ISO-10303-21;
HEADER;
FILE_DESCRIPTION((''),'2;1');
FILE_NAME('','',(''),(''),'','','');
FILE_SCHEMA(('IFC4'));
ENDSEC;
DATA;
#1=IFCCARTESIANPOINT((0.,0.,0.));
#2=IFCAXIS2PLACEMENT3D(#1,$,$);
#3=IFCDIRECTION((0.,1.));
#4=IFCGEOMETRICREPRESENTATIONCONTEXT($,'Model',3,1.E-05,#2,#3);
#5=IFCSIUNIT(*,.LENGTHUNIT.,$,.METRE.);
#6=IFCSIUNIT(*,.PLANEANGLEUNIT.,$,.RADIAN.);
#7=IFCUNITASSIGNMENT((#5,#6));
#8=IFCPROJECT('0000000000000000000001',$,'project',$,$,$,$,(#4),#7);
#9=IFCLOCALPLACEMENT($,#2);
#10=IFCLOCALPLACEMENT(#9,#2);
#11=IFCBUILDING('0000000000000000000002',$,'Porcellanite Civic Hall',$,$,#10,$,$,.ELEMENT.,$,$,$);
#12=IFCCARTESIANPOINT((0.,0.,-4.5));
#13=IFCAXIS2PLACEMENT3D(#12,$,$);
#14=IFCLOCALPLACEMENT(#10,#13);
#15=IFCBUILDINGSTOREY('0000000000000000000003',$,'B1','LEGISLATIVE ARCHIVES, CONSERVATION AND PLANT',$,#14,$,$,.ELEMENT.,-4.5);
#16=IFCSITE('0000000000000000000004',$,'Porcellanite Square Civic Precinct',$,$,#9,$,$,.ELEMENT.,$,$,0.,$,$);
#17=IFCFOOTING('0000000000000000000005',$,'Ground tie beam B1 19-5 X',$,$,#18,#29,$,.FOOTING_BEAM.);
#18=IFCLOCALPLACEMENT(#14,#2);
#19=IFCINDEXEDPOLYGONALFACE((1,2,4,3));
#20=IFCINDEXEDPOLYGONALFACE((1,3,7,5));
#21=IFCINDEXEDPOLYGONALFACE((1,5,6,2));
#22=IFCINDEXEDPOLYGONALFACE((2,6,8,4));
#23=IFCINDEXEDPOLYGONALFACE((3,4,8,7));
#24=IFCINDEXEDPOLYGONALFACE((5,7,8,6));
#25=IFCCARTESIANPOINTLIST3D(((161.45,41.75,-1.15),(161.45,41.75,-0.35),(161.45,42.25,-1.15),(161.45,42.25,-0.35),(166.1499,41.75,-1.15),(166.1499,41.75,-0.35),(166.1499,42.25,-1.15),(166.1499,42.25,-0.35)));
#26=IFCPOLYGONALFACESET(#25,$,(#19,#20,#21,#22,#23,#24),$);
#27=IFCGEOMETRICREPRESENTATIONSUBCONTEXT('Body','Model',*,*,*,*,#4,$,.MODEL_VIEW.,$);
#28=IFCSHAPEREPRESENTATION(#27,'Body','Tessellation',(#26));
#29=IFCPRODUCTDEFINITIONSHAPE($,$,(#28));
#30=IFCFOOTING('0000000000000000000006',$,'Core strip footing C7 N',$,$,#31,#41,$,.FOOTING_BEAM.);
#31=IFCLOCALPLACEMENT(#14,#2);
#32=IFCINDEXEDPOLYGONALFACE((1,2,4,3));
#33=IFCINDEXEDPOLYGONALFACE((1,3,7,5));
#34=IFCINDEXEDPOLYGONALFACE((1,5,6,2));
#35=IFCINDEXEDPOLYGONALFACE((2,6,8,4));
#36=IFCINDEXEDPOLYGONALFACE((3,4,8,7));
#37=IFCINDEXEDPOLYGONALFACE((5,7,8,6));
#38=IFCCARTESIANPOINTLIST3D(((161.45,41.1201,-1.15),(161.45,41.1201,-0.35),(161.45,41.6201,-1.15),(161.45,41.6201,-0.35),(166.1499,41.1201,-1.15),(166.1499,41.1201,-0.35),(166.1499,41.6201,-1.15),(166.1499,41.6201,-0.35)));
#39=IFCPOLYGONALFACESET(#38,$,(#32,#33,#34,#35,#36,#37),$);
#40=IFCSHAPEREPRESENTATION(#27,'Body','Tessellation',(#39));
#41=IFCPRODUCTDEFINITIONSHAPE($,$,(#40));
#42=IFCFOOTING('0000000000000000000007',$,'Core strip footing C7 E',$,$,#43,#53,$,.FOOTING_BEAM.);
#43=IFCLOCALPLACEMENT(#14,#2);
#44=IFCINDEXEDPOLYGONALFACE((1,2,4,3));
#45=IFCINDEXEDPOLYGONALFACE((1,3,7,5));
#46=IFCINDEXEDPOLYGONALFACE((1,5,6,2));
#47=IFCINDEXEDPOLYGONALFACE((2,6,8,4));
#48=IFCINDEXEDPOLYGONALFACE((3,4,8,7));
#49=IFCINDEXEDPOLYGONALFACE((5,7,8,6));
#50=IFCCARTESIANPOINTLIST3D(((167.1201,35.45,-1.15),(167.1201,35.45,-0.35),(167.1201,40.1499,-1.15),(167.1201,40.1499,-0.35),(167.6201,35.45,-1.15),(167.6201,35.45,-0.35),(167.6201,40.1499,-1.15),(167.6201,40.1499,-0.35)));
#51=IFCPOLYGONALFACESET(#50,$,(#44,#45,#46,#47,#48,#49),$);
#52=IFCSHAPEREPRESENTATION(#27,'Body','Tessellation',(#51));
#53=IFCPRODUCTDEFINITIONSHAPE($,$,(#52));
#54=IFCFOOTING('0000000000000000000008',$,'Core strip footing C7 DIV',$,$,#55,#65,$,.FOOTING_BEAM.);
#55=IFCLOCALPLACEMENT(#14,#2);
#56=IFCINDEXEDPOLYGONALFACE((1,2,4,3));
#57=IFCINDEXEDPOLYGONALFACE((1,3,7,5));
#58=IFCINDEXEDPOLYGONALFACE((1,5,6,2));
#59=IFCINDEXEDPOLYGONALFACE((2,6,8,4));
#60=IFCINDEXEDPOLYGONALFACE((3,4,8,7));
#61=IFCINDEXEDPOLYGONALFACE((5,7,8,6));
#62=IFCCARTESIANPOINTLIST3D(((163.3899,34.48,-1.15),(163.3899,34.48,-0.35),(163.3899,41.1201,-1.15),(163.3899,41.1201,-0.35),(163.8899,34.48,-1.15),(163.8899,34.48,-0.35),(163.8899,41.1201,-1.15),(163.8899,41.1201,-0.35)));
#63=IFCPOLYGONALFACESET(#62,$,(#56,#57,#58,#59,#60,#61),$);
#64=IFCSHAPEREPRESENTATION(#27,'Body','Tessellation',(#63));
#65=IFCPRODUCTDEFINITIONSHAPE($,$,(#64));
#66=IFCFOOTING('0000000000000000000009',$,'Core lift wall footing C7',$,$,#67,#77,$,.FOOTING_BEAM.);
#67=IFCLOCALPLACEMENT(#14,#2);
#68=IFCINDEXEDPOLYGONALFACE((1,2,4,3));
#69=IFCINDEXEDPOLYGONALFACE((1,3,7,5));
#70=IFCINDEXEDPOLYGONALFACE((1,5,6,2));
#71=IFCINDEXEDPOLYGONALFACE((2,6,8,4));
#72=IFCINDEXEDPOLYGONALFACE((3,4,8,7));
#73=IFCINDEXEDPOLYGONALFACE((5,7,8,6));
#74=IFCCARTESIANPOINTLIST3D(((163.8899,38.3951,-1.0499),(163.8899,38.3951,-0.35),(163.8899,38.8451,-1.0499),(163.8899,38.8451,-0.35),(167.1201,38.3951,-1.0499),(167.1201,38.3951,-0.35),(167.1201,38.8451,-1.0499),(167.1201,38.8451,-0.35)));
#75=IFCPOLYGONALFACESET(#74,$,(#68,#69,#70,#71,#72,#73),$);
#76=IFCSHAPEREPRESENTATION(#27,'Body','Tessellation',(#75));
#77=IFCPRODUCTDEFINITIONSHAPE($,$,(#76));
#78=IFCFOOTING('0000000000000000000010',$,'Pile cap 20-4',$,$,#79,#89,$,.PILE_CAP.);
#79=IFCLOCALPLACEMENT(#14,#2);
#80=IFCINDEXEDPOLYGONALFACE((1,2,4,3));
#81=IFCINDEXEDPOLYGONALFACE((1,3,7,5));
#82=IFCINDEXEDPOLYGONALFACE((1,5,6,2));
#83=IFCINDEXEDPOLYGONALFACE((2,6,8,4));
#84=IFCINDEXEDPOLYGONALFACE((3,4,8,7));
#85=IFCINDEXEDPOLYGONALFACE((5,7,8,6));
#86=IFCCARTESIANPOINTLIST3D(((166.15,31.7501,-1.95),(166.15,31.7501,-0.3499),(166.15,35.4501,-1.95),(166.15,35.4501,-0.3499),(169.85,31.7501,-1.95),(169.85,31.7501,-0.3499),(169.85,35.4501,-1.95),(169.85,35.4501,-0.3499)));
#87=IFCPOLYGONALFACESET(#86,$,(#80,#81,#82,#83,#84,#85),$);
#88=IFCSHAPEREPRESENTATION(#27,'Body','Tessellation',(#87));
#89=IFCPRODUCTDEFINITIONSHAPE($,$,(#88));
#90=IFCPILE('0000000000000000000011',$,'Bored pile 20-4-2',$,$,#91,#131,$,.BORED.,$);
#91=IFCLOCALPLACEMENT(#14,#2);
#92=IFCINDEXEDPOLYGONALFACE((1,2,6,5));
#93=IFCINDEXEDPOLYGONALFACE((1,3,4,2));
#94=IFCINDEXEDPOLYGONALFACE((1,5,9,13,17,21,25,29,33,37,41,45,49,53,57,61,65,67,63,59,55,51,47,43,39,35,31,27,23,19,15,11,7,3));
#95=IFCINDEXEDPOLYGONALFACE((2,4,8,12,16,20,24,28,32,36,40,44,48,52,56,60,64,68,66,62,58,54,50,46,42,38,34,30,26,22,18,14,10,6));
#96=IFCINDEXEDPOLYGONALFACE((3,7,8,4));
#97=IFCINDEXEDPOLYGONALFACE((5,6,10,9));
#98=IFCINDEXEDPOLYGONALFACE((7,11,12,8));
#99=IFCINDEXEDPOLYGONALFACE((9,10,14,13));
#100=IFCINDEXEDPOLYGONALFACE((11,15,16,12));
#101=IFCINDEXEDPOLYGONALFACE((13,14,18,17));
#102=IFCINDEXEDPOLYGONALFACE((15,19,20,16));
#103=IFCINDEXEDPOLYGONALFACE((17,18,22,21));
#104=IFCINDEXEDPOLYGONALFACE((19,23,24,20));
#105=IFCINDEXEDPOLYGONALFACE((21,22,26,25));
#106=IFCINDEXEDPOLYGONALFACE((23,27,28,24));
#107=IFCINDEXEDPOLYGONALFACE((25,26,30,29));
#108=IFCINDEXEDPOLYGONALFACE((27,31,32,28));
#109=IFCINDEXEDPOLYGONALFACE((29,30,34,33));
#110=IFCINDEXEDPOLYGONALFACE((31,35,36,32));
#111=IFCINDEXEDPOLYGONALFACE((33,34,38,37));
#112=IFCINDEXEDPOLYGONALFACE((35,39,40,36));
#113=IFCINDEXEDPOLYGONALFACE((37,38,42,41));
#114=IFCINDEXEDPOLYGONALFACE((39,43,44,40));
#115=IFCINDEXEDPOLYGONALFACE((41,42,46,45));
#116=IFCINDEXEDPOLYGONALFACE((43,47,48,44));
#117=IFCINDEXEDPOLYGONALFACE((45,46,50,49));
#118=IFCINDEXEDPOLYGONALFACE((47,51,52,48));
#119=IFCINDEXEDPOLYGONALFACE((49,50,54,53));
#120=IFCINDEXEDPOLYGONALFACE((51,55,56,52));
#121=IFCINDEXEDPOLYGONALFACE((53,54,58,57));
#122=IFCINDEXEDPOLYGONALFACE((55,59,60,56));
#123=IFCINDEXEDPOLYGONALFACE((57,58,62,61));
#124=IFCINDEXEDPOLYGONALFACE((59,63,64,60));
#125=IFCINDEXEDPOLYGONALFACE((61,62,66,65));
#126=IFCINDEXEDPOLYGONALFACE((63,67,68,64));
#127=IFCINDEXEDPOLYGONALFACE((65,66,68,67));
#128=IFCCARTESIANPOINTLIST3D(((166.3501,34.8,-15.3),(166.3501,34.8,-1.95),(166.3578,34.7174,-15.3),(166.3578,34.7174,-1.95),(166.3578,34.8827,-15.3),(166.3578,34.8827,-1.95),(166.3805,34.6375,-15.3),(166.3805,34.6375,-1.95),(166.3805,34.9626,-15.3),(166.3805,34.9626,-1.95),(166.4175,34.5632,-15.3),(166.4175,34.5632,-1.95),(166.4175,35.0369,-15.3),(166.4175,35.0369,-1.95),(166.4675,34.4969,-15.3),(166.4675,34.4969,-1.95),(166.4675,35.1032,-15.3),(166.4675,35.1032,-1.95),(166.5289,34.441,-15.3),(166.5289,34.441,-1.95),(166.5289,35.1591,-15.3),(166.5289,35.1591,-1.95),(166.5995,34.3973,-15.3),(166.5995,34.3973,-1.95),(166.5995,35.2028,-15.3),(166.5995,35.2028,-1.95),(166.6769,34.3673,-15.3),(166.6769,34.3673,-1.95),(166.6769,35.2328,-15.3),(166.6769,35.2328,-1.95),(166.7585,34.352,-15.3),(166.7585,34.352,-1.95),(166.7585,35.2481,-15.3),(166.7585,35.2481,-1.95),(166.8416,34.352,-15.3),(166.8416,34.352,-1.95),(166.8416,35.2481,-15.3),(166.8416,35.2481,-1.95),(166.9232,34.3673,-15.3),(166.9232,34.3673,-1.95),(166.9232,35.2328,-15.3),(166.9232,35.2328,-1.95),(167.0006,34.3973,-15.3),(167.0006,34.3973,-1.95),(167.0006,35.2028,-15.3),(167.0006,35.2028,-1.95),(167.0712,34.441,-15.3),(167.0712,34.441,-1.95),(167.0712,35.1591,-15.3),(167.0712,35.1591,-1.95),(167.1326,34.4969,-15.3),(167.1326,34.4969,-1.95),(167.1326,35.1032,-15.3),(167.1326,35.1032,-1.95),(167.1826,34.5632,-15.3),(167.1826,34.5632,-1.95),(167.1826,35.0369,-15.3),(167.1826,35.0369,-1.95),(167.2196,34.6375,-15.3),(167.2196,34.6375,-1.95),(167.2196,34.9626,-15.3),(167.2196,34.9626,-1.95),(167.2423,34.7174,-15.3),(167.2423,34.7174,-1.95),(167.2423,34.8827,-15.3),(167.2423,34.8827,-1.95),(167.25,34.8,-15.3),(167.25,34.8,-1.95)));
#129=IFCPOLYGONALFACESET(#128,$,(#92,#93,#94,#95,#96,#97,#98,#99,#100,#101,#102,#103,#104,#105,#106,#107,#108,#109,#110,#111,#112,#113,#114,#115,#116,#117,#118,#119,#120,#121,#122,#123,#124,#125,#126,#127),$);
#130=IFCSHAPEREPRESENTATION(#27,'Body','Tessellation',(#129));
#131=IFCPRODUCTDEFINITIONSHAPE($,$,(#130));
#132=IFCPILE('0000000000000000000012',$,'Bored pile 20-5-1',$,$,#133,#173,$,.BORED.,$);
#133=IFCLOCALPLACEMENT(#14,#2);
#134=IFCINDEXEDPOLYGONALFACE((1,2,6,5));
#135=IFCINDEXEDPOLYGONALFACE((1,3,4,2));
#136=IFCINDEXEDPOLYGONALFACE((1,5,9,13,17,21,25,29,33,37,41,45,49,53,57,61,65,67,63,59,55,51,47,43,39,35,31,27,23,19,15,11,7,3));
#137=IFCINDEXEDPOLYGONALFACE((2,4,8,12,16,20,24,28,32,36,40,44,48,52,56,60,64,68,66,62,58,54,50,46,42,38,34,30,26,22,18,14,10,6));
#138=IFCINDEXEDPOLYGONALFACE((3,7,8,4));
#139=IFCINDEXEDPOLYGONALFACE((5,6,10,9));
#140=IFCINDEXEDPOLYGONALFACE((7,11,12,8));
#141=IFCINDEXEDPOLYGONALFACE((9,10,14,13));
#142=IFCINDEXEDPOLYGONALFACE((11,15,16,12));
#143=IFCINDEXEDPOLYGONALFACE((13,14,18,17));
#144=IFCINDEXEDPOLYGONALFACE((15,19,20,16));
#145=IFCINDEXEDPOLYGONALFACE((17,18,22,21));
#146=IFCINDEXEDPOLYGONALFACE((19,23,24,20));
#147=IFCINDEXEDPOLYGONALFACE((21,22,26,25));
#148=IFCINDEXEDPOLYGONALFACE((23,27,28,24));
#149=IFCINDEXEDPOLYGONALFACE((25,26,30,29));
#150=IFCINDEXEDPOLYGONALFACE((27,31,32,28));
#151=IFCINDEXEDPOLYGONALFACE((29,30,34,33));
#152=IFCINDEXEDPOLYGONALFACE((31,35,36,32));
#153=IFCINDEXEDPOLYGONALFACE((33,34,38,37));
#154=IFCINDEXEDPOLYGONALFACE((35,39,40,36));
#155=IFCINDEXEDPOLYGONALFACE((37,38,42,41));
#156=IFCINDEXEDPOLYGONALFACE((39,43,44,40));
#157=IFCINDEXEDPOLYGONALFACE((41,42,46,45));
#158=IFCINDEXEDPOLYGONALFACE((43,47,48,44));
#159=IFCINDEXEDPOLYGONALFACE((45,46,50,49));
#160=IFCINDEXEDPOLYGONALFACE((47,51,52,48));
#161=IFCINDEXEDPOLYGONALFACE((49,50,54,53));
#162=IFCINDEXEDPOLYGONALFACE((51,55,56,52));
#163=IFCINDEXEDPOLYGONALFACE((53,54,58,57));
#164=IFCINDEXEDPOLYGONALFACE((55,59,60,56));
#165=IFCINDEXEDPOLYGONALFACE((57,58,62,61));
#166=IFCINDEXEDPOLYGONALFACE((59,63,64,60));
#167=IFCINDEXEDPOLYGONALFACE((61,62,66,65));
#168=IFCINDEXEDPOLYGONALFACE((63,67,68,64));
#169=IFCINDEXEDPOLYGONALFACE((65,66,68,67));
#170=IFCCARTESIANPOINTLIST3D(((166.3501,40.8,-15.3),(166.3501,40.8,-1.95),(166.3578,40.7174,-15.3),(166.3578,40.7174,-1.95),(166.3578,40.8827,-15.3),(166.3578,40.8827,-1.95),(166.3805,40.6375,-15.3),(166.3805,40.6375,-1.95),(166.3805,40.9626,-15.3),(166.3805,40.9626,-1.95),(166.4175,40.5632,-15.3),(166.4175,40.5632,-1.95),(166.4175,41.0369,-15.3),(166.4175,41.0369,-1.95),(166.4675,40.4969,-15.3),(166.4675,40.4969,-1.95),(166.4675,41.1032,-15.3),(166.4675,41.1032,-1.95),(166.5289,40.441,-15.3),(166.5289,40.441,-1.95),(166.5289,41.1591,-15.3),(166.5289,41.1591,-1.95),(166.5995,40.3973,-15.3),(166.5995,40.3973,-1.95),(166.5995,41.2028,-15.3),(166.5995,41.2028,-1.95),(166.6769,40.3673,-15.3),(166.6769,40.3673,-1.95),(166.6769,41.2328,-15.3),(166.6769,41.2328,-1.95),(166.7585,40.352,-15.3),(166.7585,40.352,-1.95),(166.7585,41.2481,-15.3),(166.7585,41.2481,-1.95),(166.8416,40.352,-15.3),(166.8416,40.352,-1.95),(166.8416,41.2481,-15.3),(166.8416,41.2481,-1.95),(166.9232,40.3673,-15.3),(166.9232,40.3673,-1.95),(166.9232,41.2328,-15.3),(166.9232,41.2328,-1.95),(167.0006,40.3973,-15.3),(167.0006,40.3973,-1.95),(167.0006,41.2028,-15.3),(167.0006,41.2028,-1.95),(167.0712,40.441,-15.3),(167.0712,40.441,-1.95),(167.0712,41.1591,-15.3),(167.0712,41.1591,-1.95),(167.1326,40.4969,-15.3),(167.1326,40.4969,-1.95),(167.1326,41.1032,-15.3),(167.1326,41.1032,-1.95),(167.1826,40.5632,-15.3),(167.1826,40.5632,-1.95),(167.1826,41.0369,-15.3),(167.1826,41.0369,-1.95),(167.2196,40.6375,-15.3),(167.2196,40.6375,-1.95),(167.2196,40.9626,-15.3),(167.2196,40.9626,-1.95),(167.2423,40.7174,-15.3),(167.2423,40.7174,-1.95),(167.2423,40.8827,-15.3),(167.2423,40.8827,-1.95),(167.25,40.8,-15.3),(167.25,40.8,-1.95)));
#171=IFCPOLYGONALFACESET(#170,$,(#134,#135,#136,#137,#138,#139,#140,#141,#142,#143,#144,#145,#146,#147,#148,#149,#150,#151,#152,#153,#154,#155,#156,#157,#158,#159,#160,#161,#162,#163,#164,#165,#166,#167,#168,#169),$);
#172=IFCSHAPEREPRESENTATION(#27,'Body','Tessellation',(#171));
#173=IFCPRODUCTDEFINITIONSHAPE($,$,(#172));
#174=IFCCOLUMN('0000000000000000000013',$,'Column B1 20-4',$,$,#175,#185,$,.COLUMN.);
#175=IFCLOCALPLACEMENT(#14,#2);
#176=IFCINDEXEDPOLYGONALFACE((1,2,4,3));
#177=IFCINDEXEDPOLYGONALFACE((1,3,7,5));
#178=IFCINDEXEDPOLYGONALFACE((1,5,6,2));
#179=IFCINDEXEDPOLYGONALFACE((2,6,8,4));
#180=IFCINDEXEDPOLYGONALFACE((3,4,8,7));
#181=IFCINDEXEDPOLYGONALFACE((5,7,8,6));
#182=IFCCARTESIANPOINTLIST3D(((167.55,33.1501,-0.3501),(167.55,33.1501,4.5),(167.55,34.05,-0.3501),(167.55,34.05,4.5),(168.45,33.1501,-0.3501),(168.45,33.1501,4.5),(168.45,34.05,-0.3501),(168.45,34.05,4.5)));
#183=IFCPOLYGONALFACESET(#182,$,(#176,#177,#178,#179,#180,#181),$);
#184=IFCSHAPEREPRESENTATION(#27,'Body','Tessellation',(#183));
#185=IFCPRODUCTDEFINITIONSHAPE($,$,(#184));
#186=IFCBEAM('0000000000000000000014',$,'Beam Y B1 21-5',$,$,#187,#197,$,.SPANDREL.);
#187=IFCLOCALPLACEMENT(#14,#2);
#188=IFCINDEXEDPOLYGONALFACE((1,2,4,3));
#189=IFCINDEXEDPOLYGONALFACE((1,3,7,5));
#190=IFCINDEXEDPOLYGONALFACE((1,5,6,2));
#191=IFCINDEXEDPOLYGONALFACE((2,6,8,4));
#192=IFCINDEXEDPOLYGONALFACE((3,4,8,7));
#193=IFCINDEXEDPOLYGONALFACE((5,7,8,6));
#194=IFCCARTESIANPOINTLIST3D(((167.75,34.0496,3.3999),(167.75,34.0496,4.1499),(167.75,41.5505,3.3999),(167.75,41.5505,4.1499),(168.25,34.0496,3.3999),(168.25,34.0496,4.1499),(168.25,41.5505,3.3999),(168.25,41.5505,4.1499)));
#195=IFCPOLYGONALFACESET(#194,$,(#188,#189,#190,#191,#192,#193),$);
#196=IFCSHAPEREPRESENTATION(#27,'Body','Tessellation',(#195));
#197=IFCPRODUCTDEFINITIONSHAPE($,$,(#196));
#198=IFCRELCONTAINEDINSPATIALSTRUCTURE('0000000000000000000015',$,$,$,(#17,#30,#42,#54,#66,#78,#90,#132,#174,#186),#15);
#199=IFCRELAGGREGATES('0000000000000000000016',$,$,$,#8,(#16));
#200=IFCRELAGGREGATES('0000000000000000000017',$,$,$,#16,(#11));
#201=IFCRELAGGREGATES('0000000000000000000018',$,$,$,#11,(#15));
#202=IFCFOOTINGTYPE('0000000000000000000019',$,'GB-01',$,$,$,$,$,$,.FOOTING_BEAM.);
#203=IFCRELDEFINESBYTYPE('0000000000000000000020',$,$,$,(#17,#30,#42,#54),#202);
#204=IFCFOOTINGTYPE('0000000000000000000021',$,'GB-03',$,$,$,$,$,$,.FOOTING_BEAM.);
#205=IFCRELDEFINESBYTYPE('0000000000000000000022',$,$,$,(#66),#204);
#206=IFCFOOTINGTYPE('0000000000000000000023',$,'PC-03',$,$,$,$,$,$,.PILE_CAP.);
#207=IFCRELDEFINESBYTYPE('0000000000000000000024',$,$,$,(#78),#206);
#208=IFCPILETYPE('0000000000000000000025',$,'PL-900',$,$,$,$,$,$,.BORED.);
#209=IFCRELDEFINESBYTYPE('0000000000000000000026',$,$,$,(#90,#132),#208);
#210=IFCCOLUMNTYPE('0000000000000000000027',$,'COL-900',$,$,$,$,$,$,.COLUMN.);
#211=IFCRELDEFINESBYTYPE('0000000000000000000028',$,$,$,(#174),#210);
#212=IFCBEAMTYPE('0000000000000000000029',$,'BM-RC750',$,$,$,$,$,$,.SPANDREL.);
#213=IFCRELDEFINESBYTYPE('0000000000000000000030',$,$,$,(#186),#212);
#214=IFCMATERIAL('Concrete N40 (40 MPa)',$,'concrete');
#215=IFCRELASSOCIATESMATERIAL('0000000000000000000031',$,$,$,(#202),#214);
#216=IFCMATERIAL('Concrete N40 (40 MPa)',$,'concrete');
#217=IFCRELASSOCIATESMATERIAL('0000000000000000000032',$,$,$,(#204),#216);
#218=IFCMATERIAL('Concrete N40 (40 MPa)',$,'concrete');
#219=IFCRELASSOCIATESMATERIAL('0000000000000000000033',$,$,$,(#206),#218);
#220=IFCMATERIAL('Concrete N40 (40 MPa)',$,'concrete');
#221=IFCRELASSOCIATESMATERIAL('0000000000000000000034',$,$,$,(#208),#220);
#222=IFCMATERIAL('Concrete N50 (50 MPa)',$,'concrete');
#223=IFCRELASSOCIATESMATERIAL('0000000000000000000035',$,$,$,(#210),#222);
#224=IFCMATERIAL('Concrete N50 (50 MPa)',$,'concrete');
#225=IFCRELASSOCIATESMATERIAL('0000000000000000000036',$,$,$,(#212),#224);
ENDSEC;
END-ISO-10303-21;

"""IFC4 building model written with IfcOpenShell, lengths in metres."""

from ifc_helpers import new_model, si_unit, direction, frame, origin, origin_2d, place, context, subcontext, project, spatial, rectangle, circle, extrude, material, material_profile, profile_set, type_object, element, save


model = new_model("IFC4")

# Units and contexts
model_context = context("Model", 3, precision=1e-05, world=origin(), true_north=direction((0.0, 1.0)))
body_context = subcontext(model_context, "Body", "Model", "MODEL_VIEW")
ifc_project = project(units=[si_unit("LENGTHUNIT", "METRE"), si_unit("PLANEANGLEUNIT", "RADIAN")], contexts=[model_context])

# Site, building, storey
site_placement = place(None, origin())
site = spatial("IfcSite", under=ifc_project, at=site_placement, Name="Porcellanite Square Civic Precinct", CompositionType="ELEMENT", RefElevation=0.0)
building_placement = place(site_placement, origin())
building = spatial("IfcBuilding", under=site, at=building_placement, Name="Porcellanite Civic Hall", CompositionType="ELEMENT")
storey_placement = place(building_placement, frame((0.0, 0.0, -4.5)))
storey = spatial("IfcBuildingStorey", under=building, at=storey_placement, Name="B1", Description="LEGISLATIVE ARCHIVES, CONSERVATION AND PLANT", CompositionType="ELEMENT", Elevation=-4.5)

# Footings
ifc_material_1 = material(Name="Concrete N40 (40 MPa)", Category="concrete")
ifc_material_profile_1 = material_profile(ifc_material_1, rectangle(XDim=0.5, YDim=0.8, at=origin_2d()), Name="RC-500x800")
ifc_profile_set_1 = profile_set([ifc_material_profile_1], Name="Concrete N40 (40 MPa)")
footing_type_1 = type_object("IfcFootingType", Name="GB-01", PredefinedType="FOOTING_BEAM", material=ifc_profile_set_1)
for number, where, z_axis, x_axis, name in (
    (1, (161.45, 42.0, -0.75), (1.0, 0.0, 0.0), (0.0, 1.0, 0.0), "Ground tie beam B1 19-5 X"),
    (2, (161.45, 41.3701, -0.75), (1.0, 0.0, 0.0), (0.0, 1.0, 0.0), "Core strip footing C7 N"),
    (3, (167.3701, 35.45, -0.75), (0.0, 1.0, 0.0), (-1.0, 0.0, 0.0), "Core strip footing C7 E"),
):
    element("IfcFooting", number, at=place(storey_placement, frame(where, z_axis=z_axis, x_axis=x_axis)), inside=storey, type_object=footing_type_1, Name=name, PredefinedType="FOOTING_BEAM", context=body_context, shape_type="SweptSolid", body=[
        extrude(rectangle(XDim=0.5, YDim=0.8, at=origin_2d()), origin(), (0.0, 0.0, 1.0), 4.7),
    ])
footing_1_placement = place(storey_placement, frame((163.6399, 34.48, -0.75), z_axis=(0.0, 1.0, 0.0), x_axis=(-1.0, 0.0, 0.0)))
element("IfcFooting", 4, at=footing_1_placement, inside=storey, type_object=footing_type_1, Name="Core strip footing C7 DIV", PredefinedType="FOOTING_BEAM", context=body_context, shape_type="SweptSolid", body=[
    extrude(rectangle(XDim=0.5, YDim=0.8, at=origin_2d()), origin(), (0.0, 0.0, 1.0), 6.6401),
])
ifc_material_2 = material(Name="Concrete N40 (40 MPa)", Category="concrete")
ifc_material_profile_2 = material_profile(ifc_material_2, rectangle(XDim=0.45, YDim=0.7, at=origin_2d()), Name="RC-450x700")
ifc_profile_set_2 = profile_set([ifc_material_profile_2], Name="Concrete N40 (40 MPa)")
footing_type_2 = type_object("IfcFootingType", Name="GB-03", PredefinedType="FOOTING_BEAM", material=ifc_profile_set_2)
footing_2_placement = place(storey_placement, frame((163.8899, 38.6201, -0.7), z_axis=(1.0, 0.0, 0.0), x_axis=(0.0, 1.0, 0.0)))
element("IfcFooting", 5, at=footing_2_placement, inside=storey, type_object=footing_type_2, Name="Core lift wall footing C7", PredefinedType="FOOTING_BEAM", context=body_context, shape_type="SweptSolid", body=[
    extrude(rectangle(XDim=0.45, YDim=0.7, at=origin_2d()), origin(), (0.0, 0.0, 1.0), 3.2302),
])
ifc_material_3 = material(Name="Concrete N40 (40 MPa)", Category="concrete")
footing_type_3 = type_object("IfcFootingType", Name="PC-03", PredefinedType="PILE_CAP", material=ifc_material_3)
footing_3_placement = place(storey_placement, frame((168.0, 33.6001, -1.95), z_axis=(0.0, 0.0, 1.0), x_axis=(1.0, 0.0, 0.0)))
element("IfcFooting", 6, at=footing_3_placement, inside=storey, type_object=footing_type_3, Name="Pile cap 20-4", PredefinedType="PILE_CAP", context=body_context, shape_type="SweptSolid", body=[
    extrude(rectangle(XDim=3.7, YDim=3.7, at=origin_2d()), origin(), (0.0, 0.0, 1.0), 1.6001),
])

# Piles
ifc_material_4 = material(Name="Concrete N40 (40 MPa)", Category="concrete")
ifc_material_profile_3 = material_profile(ifc_material_4, circle(Radius=0.45, at=origin_2d()), Name="PILE-D900")
ifc_profile_set_3 = profile_set([ifc_material_profile_3], Name="Concrete N40 (40 MPa)")
pile_type = type_object("IfcPileType", Name="PL-900", PredefinedType="BORED", material=ifc_profile_set_3)
for number, where, z_axis, x_axis, name in (
    (7, (166.8, 34.8, -1.95), (0.0, 0.0, -1.0), (1.0, 0.0, 0.0), "Bored pile 20-4-2"),
    (8, (166.8, 40.8, -1.95), (0.0, 0.0, -1.0), (1.0, 0.0, 0.0), "Bored pile 20-5-1"),
):
    element("IfcPile", number, at=place(storey_placement, frame(where, z_axis=z_axis, x_axis=x_axis)), inside=storey, type_object=pile_type, Name=name, PredefinedType="BORED", context=body_context, shape_type="SweptSolid", body=[
        extrude(circle(Radius=0.45, at=origin_2d()), origin(), (0.0, 0.0, 1.0), 13.3501),
    ])

# Column
ifc_material_5 = material(Name="Concrete N50 (50 MPa)", Category="concrete")
ifc_material_profile_4 = material_profile(ifc_material_5, rectangle(XDim=0.8999, YDim=0.8999, at=origin_2d()), Name="RC-900x900")
ifc_profile_set_4 = profile_set([ifc_material_profile_4], Name="Concrete N50 (50 MPa)")
column_type = type_object("IfcColumnType", Name="COL-900", PredefinedType="COLUMN", material=ifc_profile_set_4)
column_placement = place(storey_placement, frame((168.0, 33.6001, -0.3501), z_axis=(0.0, 0.0, 1.0), x_axis=(1.0, 0.0, 0.0)))
element("IfcColumn", 9, at=column_placement, inside=storey, type_object=column_type, Name="Column B1 20-4", PredefinedType="COLUMN", context=body_context, shape_type="SweptSolid", body=[
    extrude(rectangle(XDim=0.8999, YDim=0.8999, at=origin_2d()), origin(), (0.0, 0.0, 1.0), 4.8501),
])

# Beam
ifc_material_6 = material(Name="Concrete N50 (50 MPa)", Category="concrete")
ifc_material_profile_5 = material_profile(ifc_material_6, rectangle(XDim=0.5, YDim=0.75, at=origin_2d()), Name="RC-500x750")
ifc_profile_set_5 = profile_set([ifc_material_profile_5], Name="Concrete N50 (50 MPa)")
beam_type_1 = type_object("IfcBeamType", Name="BM-RC750", PredefinedType="SPANDREL", material=ifc_profile_set_5)
beam_1_placement = place(storey_placement, frame((168.0, 34.0496, 3.7749), z_axis=(0.0, 1.0, 0.0), x_axis=(-1.0, 0.0, 0.0)))
element("IfcBeam", 10, at=beam_1_placement, inside=storey, type_object=beam_type_1, Name="Beam Y B1 21-5", PredefinedType="SPANDREL", context=body_context, shape_type="SweptSolid", body=[
    extrude(rectangle(XDim=0.5, YDim=0.75, at=origin_2d()), origin(), (0.0, 0.0, 1.0), 7.501),
])

save(model, "model.ifc")
